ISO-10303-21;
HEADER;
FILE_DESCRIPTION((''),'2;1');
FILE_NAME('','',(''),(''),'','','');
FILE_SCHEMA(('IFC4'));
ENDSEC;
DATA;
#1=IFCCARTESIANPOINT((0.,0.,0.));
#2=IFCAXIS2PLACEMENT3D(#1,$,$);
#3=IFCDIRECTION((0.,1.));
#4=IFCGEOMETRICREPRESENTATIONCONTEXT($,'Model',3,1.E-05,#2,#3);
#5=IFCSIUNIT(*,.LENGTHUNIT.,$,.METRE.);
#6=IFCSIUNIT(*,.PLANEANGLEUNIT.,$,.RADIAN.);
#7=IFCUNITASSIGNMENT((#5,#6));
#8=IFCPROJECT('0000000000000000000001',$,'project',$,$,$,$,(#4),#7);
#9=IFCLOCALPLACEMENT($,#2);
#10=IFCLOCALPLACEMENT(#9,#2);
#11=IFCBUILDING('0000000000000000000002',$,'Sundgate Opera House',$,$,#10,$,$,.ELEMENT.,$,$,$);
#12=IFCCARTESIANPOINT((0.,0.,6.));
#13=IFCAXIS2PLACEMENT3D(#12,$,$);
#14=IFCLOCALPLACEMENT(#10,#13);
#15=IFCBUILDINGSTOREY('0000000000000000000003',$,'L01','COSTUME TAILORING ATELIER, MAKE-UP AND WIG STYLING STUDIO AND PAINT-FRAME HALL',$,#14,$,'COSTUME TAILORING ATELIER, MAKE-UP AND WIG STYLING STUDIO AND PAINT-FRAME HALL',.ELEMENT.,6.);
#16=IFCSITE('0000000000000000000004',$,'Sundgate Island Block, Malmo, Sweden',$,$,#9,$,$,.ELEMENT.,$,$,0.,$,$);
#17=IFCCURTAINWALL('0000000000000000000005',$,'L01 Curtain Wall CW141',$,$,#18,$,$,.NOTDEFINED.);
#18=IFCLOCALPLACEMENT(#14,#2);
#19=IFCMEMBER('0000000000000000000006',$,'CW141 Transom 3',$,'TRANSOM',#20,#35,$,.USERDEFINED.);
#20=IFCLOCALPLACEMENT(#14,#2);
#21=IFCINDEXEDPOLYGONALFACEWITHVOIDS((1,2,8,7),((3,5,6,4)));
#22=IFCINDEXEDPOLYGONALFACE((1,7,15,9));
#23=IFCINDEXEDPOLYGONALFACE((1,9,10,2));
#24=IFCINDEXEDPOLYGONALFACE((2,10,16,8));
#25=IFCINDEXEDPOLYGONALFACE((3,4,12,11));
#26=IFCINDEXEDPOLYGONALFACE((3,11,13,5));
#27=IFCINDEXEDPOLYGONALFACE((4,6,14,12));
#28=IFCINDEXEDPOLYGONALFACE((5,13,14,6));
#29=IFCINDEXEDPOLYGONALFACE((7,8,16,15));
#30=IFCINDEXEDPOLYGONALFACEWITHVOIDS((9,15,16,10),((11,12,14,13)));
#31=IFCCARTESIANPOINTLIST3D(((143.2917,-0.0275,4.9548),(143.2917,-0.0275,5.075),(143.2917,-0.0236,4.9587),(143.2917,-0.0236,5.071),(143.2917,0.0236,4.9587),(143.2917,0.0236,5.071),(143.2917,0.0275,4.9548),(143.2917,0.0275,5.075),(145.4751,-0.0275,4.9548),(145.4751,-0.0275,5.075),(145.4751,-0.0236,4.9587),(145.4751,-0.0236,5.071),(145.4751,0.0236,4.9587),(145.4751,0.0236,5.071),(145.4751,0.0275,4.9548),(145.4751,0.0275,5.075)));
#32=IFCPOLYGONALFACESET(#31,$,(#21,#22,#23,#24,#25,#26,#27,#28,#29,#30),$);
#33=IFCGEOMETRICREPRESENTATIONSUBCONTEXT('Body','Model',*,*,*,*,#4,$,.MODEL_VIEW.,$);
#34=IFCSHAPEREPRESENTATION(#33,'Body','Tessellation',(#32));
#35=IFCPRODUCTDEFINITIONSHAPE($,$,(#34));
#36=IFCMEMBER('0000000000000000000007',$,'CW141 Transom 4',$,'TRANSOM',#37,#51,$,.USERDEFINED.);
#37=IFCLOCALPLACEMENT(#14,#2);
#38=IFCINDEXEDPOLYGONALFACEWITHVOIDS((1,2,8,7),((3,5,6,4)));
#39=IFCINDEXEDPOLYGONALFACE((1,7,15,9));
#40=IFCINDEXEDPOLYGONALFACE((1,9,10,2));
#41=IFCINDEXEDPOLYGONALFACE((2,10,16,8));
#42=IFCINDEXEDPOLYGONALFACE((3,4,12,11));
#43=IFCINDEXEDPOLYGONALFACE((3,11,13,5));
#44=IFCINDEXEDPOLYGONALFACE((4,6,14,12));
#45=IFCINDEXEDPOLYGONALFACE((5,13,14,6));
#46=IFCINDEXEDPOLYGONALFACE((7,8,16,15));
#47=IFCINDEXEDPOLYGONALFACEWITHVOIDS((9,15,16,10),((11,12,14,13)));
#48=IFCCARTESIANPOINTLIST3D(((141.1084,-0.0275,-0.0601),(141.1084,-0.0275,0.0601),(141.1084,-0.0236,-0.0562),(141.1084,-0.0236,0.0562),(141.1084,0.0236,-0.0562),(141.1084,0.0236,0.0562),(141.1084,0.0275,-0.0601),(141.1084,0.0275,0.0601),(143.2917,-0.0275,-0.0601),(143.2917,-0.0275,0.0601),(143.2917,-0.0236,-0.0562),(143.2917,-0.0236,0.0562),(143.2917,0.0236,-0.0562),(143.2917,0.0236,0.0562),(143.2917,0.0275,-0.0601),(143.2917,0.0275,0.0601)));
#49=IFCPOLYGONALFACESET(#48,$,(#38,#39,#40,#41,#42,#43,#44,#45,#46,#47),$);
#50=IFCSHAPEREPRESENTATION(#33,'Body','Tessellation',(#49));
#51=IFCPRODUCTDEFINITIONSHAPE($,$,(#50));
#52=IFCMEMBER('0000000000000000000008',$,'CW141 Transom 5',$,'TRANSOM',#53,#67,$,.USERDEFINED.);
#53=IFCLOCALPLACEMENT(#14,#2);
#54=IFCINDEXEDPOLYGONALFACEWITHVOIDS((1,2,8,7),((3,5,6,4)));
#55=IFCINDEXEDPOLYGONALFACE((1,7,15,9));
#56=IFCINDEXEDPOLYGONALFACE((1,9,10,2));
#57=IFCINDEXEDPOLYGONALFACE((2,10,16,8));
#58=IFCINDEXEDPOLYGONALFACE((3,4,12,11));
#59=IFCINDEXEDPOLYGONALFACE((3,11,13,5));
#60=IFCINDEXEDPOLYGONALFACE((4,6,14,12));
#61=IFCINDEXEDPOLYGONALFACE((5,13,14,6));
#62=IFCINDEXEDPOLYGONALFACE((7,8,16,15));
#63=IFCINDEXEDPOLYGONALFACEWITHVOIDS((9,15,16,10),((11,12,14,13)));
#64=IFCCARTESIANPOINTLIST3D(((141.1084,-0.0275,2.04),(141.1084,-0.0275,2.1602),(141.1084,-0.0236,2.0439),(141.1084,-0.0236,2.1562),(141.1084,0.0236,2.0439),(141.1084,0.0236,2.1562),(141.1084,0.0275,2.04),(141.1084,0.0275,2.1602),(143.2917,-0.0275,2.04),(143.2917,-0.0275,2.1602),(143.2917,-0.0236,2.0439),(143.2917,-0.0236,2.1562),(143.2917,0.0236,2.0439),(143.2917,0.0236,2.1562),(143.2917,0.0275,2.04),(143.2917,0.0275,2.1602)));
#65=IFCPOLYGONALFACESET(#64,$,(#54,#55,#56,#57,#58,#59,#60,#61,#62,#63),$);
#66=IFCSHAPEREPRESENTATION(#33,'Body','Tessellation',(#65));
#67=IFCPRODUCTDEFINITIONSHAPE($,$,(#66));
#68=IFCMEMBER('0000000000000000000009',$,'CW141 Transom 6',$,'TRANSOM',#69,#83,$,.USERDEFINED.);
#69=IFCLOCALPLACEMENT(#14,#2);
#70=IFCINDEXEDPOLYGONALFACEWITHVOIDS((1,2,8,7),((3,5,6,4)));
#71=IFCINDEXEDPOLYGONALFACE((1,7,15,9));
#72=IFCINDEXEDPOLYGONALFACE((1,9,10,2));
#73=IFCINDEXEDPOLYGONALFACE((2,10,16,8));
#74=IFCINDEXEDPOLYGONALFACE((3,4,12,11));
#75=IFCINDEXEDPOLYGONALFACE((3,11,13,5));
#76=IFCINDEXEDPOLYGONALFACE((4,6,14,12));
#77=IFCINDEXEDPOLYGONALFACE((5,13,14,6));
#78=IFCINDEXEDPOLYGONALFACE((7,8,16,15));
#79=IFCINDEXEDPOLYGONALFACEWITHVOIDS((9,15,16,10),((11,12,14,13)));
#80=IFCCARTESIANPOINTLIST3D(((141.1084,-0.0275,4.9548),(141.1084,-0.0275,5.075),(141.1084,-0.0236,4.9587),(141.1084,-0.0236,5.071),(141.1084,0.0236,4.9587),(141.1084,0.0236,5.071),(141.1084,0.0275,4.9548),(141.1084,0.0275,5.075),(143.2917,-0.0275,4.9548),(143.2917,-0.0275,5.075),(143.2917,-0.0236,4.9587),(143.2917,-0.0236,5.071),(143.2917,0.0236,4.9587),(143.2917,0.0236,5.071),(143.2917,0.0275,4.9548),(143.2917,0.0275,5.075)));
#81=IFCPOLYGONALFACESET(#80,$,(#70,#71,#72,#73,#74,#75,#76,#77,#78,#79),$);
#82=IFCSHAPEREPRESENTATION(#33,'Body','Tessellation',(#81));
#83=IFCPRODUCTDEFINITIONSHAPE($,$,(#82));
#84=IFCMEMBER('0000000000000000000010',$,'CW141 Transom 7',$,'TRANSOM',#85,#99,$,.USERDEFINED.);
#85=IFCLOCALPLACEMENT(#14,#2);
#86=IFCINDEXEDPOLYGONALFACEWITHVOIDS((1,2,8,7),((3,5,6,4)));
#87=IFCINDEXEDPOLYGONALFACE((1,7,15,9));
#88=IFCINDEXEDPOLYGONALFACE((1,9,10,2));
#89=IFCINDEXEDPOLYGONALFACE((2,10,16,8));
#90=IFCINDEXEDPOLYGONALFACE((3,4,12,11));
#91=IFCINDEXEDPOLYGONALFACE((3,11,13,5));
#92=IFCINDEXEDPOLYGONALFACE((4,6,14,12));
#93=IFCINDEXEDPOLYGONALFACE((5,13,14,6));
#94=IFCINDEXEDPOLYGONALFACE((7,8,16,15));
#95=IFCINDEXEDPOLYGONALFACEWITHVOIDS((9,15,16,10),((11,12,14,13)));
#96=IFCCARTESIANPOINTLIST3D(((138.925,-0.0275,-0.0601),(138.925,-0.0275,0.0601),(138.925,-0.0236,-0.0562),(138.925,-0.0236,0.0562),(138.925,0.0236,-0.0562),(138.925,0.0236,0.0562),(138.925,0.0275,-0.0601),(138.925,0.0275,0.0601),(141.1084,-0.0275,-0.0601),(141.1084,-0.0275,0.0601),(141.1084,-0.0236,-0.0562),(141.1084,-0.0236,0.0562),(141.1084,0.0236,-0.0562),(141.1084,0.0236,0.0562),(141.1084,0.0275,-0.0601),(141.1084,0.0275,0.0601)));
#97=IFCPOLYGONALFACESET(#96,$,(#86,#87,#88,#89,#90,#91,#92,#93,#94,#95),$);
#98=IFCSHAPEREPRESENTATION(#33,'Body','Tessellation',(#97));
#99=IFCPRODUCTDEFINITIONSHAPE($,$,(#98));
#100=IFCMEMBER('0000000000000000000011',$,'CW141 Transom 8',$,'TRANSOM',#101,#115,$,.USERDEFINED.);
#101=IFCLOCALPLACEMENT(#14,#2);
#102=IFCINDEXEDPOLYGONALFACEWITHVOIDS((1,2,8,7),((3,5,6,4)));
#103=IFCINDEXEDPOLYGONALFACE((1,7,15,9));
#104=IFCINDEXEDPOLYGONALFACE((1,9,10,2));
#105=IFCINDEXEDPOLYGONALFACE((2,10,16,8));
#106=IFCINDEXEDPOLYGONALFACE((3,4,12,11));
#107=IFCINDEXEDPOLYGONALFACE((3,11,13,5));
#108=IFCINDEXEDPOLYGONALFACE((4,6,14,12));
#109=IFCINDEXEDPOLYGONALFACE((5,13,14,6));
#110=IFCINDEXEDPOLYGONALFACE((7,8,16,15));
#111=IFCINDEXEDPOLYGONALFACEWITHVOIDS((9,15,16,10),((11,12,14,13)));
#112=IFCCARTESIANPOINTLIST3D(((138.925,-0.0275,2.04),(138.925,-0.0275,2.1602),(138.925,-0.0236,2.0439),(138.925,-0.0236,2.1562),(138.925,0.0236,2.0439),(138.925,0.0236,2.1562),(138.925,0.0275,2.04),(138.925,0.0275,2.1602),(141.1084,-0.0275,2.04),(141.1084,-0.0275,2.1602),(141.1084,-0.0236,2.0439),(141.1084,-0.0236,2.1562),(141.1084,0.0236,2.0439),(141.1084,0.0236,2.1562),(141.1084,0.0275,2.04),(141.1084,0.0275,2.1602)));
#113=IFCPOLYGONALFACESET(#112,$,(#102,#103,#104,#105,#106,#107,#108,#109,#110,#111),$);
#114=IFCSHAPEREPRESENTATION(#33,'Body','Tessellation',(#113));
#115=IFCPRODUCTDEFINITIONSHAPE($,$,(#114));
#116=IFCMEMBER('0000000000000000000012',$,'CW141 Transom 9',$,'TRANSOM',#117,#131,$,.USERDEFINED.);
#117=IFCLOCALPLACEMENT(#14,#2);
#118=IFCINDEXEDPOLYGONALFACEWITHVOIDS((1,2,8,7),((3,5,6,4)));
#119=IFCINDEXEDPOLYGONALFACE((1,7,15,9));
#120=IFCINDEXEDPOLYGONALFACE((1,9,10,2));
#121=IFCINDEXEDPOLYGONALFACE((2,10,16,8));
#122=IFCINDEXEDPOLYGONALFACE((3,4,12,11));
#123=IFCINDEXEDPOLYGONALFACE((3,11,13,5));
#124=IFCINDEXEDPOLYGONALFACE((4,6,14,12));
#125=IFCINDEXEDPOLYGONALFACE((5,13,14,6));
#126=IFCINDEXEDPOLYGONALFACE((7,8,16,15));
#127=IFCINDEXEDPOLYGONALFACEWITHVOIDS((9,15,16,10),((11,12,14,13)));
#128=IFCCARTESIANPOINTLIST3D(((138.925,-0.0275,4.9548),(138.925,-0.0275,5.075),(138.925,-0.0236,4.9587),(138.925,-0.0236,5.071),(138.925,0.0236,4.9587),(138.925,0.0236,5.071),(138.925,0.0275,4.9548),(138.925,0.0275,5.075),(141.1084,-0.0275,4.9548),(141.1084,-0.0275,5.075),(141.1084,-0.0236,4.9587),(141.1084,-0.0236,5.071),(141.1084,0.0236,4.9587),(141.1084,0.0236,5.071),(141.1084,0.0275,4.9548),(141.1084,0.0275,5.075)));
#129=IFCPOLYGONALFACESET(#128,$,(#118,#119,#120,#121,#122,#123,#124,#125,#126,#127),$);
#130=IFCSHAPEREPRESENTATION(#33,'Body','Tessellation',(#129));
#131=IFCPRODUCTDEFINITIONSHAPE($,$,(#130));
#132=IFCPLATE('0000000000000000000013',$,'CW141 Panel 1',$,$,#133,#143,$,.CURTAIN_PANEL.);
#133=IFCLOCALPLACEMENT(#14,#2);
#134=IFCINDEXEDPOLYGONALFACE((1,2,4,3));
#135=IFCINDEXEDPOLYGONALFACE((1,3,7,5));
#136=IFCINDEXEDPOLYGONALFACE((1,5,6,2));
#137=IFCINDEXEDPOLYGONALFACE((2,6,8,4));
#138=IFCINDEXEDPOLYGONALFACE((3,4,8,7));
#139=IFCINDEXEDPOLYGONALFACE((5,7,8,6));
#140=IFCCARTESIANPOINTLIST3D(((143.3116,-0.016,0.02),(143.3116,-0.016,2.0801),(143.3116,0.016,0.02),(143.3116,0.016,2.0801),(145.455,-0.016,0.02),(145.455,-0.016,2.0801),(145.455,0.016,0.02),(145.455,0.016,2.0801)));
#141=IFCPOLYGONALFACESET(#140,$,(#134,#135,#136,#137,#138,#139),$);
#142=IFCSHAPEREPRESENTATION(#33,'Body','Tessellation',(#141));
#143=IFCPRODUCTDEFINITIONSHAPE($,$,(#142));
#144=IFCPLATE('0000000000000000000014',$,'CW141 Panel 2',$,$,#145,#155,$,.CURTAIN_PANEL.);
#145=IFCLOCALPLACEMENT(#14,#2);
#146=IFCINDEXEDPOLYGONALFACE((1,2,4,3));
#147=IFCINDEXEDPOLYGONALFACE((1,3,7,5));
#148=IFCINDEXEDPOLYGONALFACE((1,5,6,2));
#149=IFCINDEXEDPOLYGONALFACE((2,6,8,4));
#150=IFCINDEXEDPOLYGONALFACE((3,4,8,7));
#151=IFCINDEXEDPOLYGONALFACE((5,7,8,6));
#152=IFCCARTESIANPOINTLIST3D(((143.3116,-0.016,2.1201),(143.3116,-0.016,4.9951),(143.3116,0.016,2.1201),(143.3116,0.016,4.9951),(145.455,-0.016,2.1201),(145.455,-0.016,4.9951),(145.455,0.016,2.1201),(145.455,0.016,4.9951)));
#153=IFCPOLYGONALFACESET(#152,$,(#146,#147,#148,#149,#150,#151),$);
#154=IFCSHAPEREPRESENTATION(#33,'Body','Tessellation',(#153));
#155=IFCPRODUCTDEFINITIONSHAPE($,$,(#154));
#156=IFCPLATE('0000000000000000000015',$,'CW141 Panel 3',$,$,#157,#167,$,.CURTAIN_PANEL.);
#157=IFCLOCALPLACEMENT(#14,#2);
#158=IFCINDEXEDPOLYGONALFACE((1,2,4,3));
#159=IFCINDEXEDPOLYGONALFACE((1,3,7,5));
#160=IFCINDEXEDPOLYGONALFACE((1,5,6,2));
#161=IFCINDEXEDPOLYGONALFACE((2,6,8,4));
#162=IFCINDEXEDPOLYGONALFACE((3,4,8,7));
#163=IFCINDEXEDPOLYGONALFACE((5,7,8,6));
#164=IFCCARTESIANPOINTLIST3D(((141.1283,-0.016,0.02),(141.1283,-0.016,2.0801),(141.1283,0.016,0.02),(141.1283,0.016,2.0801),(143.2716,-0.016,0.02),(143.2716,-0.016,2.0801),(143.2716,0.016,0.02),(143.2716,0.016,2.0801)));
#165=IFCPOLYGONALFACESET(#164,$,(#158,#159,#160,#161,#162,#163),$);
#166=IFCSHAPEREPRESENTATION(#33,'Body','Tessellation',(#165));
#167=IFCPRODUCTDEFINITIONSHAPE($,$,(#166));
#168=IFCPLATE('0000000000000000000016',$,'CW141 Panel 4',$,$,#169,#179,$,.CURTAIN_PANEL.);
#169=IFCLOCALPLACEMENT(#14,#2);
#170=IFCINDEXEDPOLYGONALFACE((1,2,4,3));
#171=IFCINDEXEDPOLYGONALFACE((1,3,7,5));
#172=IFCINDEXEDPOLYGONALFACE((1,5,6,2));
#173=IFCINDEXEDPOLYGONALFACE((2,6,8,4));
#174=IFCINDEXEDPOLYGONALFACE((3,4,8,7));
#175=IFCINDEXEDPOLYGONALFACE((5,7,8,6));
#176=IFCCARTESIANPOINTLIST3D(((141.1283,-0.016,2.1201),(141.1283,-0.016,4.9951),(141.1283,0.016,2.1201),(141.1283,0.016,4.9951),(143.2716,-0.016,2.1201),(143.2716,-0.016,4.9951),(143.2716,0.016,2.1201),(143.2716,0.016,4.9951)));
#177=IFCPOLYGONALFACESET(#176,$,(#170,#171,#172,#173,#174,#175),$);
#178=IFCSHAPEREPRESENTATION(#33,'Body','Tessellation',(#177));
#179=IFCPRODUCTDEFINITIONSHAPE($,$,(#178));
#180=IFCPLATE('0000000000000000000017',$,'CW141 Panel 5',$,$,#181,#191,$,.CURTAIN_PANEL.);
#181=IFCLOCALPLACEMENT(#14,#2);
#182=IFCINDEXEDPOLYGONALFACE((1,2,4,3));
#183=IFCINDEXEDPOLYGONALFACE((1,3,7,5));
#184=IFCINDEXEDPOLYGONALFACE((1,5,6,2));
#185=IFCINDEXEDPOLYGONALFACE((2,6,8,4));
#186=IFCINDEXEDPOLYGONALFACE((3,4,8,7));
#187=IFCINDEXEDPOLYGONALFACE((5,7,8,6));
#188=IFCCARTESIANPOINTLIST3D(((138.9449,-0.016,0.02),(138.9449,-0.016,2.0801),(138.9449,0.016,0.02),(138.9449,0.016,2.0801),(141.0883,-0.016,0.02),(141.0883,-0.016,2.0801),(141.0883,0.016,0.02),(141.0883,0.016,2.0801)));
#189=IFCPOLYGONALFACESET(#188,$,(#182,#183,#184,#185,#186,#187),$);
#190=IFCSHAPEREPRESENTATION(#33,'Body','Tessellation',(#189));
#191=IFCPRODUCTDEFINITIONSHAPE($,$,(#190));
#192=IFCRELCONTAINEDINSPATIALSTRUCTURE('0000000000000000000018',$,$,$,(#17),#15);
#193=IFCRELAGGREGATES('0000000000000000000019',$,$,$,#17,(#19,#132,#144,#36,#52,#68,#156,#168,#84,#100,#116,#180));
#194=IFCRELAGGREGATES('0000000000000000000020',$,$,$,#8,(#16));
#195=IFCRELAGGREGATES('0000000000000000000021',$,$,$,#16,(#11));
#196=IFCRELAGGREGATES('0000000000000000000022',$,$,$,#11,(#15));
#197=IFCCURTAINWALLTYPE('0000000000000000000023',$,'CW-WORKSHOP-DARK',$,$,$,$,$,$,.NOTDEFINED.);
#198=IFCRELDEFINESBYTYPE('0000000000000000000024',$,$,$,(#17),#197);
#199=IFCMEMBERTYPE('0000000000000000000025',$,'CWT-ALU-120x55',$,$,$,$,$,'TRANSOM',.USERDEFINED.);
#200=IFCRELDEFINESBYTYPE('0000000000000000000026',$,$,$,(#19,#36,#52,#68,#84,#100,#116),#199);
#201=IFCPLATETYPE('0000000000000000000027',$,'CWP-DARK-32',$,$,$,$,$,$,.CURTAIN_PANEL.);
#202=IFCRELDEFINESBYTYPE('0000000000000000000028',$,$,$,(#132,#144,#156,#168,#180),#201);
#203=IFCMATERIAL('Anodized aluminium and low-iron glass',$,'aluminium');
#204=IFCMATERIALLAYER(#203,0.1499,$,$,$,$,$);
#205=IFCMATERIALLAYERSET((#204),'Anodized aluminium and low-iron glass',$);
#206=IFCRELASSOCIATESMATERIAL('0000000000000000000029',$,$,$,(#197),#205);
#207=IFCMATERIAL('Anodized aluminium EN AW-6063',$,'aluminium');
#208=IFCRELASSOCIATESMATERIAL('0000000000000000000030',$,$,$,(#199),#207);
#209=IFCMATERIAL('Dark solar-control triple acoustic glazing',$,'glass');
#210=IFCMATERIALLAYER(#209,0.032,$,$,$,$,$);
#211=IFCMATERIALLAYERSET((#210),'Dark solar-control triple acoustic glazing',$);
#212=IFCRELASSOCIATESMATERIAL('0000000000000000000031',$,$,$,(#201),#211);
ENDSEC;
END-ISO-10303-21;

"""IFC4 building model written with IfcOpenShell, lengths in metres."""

from ifc_helpers import new_model, si_unit, direction, frame, origin, origin_2d, place, context, subcontext, project, spatial, rectangle, hollow_rectangle, extrude, material, layer, layer_set, material_profile, profile_set, type_object, element, aggregate, save


model = new_model("IFC4")

# Units and contexts
model_context = context("Model", 3, precision=1e-05, world=origin(), true_north=direction((0.0, 1.0)))
body_context = subcontext(model_context, "Body", "Model", "MODEL_VIEW")
ifc_project = project(units=[si_unit("LENGTHUNIT", "METRE"), si_unit("PLANEANGLEUNIT", "RADIAN")], contexts=[model_context])

# Site, building, storey
site_placement = place(None, origin())
site = spatial("IfcSite", under=ifc_project, at=site_placement, Name="Sundgate Island Block, Malmo, Sweden", CompositionType="ELEMENT", RefElevation=0.0)
building_placement = place(site_placement, origin())
building = spatial("IfcBuilding", under=site, at=building_placement, Name="Sundgate Opera House", CompositionType="ELEMENT")
storey_placement = place(building_placement, frame((0.0, 0.0, 6.0)))
storey = spatial("IfcBuildingStorey", under=building, at=storey_placement, Name="L01", Description="COSTUME TAILORING ATELIER, MAKE-UP AND WIG STYLING STUDIO AND PAINT-FRAME HALL", LongName="COSTUME TAILORING ATELIER, MAKE-UP AND WIG STYLING STUDIO AND PAINT-FRAME HALL", CompositionType="ELEMENT", Elevation=6.0)

# Curtain wall, members, plates
ifc_material_1 = material(Name="Anodized aluminium and low-iron glass", Category="aluminium")
ifc_layer_1 = layer(ifc_material_1, 0.1499)
ifc_layer_set_1 = layer_set([ifc_layer_1], Name="Anodized aluminium and low-iron glass")
curtain_wall_type = type_object("IfcCurtainWallType", Name="CW-WORKSHOP-DARK", PredefinedType="NOTDEFINED", material=ifc_layer_set_1)
curtain_wall_placement = place(storey_placement, origin())
curtain_wall = element("IfcCurtainWall", 1, at=curtain_wall_placement, inside=storey, type_object=curtain_wall_type, Name="L01 Curtain Wall CW141", PredefinedType="NOTDEFINED")
ifc_material_2 = material(Name="Anodized aluminium EN AW-6063", Category="aluminium")
ifc_material_profile_1 = material_profile(ifc_material_2, hollow_rectangle(XDim=0.0549, YDim=0.1201, WallThickness=0.0039, at=origin_2d()), Name="CWT 120x55x4")
ifc_profile_set_1 = profile_set([ifc_material_profile_1], Name="Anodized aluminium EN AW-6063")
member_type_1 = type_object("IfcMemberType", Name="CWT-ALU-120x55", ElementType="TRANSOM", PredefinedType="USERDEFINED", material=ifc_profile_set_1)
member_1_placement = place(storey_placement, frame((145.4751, 0.0, 5.0149), z_axis=(-1.0, 0.0, 0.0), x_axis=(0.0, -1.0, 0.0)))
member_1 = element("IfcMember", 2, at=member_1_placement, type_object=member_type_1, Name="CW141 Transom 3", ObjectType="TRANSOM", PredefinedType="USERDEFINED", context=body_context, shape_type="SweptSolid", body=[
    extrude(hollow_rectangle(XDim=0.0549, YDim=0.1201, WallThickness=0.0039, at=origin_2d()), origin(), (0.0, 0.0, 1.0), 2.1833),
])
member_2_placement = place(storey_placement, frame((143.2917, 0.0, 0.0), z_axis=(-1.0, 0.0, 0.0), x_axis=(0.0, -1.0, 0.0)))
member_2 = element("IfcMember", 3, at=member_2_placement, type_object=member_type_1, Name="CW141 Transom 4", ObjectType="TRANSOM", PredefinedType="USERDEFINED", context=body_context, shape_type="SweptSolid", body=[
    extrude(hollow_rectangle(XDim=0.0549, YDim=0.1201, WallThickness=0.0039, at=origin_2d()), origin(), (0.0, 0.0, 1.0), 2.1833),
])
member_3_placement = place(storey_placement, frame((143.2917, 0.0, 2.1001), z_axis=(-1.0, 0.0, 0.0), x_axis=(0.0, -1.0, 0.0)))
member_3 = element("IfcMember", 4, at=member_3_placement, type_object=member_type_1, Name="CW141 Transom 5", ObjectType="TRANSOM", PredefinedType="USERDEFINED", context=body_context, shape_type="SweptSolid", body=[
    extrude(hollow_rectangle(XDim=0.0549, YDim=0.1201, WallThickness=0.0039, at=origin_2d()), origin(), (0.0, 0.0, 1.0), 2.1833),
])
member_4_placement = place(storey_placement, frame((143.2917, 0.0, 5.0149), z_axis=(-1.0, 0.0, 0.0), x_axis=(0.0, -1.0, 0.0)))
member_4 = element("IfcMember", 5, at=member_4_placement, type_object=member_type_1, Name="CW141 Transom 6", ObjectType="TRANSOM", PredefinedType="USERDEFINED", context=body_context, shape_type="SweptSolid", body=[
    extrude(hollow_rectangle(XDim=0.0549, YDim=0.1201, WallThickness=0.0039, at=origin_2d()), origin(), (0.0, 0.0, 1.0), 2.1833),
])
member_5_placement = place(storey_placement, frame((141.1084, 0.0, 0.0), z_axis=(-1.0, 0.0, 0.0), x_axis=(0.0, -1.0, 0.0)))
member_5 = element("IfcMember", 6, at=member_5_placement, type_object=member_type_1, Name="CW141 Transom 7", ObjectType="TRANSOM", PredefinedType="USERDEFINED", context=body_context, shape_type="SweptSolid", body=[
    extrude(hollow_rectangle(XDim=0.0549, YDim=0.1201, WallThickness=0.0039, at=origin_2d()), origin(), (0.0, 0.0, 1.0), 2.1833),
])
member_6_placement = place(storey_placement, frame((141.1084, 0.0, 2.1001), z_axis=(-1.0, 0.0, 0.0), x_axis=(0.0, -1.0, 0.0)))
member_6 = element("IfcMember", 7, at=member_6_placement, type_object=member_type_1, Name="CW141 Transom 8", ObjectType="TRANSOM", PredefinedType="USERDEFINED", context=body_context, shape_type="SweptSolid", body=[
    extrude(hollow_rectangle(XDim=0.0549, YDim=0.1201, WallThickness=0.0039, at=origin_2d()), origin(), (0.0, 0.0, 1.0), 2.1833),
])
member_7_placement = place(storey_placement, frame((141.1084, 0.0, 5.0149), z_axis=(-1.0, 0.0, 0.0), x_axis=(0.0, -1.0, 0.0)))
member_7 = element("IfcMember", 8, at=member_7_placement, type_object=member_type_1, Name="CW141 Transom 9", ObjectType="TRANSOM", PredefinedType="USERDEFINED", context=body_context, shape_type="SweptSolid", body=[
    extrude(hollow_rectangle(XDim=0.0549, YDim=0.1201, WallThickness=0.0039, at=origin_2d()), origin(), (0.0, 0.0, 1.0), 2.1833),
])
ifc_material_3 = material(Name="Dark solar-control triple acoustic glazing", Category="glass")
ifc_layer_2 = layer(ifc_material_3, 0.032)
ifc_layer_set_2 = layer_set([ifc_layer_2], Name="Dark solar-control triple acoustic glazing")
plate_type = type_object("IfcPlateType", Name="CWP-DARK-32", PredefinedType="CURTAIN_PANEL", material=ifc_layer_set_2)
plate_1_placement = place(storey_placement, frame((144.3833, 0.0, 0.02), z_axis=(0.0, 0.0, 1.0), x_axis=(-1.0, 0.0, 0.0)))
plate_1 = element("IfcPlate", 9, at=plate_1_placement, type_object=plate_type, Name="CW141 Panel 1", PredefinedType="CURTAIN_PANEL", context=body_context, shape_type="SweptSolid", body=[
    extrude(rectangle(XDim=2.1433, YDim=0.032, at=origin_2d()), origin(), (0.0, 0.0, 1.0), 2.0601),
])
plate_2_placement = place(storey_placement, frame((144.3833, 0.0, 2.1201), z_axis=(0.0, 0.0, 1.0), x_axis=(-1.0, 0.0, 0.0)))
plate_2 = element("IfcPlate", 10, at=plate_2_placement, type_object=plate_type, Name="CW141 Panel 2", PredefinedType="CURTAIN_PANEL", context=body_context, shape_type="SweptSolid", body=[
    extrude(rectangle(XDim=2.1433, YDim=0.032, at=origin_2d()), origin(), (0.0, 0.0, 1.0), 2.875),
])
plate_3_placement = place(storey_placement, frame((142.2, 0.0, 0.02), z_axis=(0.0, 0.0, 1.0), x_axis=(-1.0, 0.0, 0.0)))
plate_3 = element("IfcPlate", 11, at=plate_3_placement, type_object=plate_type, Name="CW141 Panel 3", PredefinedType="CURTAIN_PANEL", context=body_context, shape_type="SweptSolid", body=[
    extrude(rectangle(XDim=2.1433, YDim=0.032, at=origin_2d()), origin(), (0.0, 0.0, 1.0), 2.0601),
])
plate_4_placement = place(storey_placement, frame((142.2, 0.0, 2.1201), z_axis=(0.0, 0.0, 1.0), x_axis=(-1.0, 0.0, 0.0)))
plate_4 = element("IfcPlate", 12, at=plate_4_placement, type_object=plate_type, Name="CW141 Panel 4", PredefinedType="CURTAIN_PANEL", context=body_context, shape_type="SweptSolid", body=[
    extrude(rectangle(XDim=2.1433, YDim=0.032, at=origin_2d()), origin(), (0.0, 0.0, 1.0), 2.875),
])
plate_5_placement = place(storey_placement, frame((140.0166, 0.0, 0.02), z_axis=(0.0, 0.0, 1.0), x_axis=(-1.0, 0.0, 0.0)))
plate_5 = element("IfcPlate", 13, at=plate_5_placement, type_object=plate_type, Name="CW141 Panel 5", PredefinedType="CURTAIN_PANEL", context=body_context, shape_type="SweptSolid", body=[
    extrude(rectangle(XDim=2.1433, YDim=0.032, at=origin_2d()), origin(), (0.0, 0.0, 1.0), 2.0601),
])
aggregate(curtain_wall, [member_1, plate_1, plate_2, member_2, member_3, member_4, plate_3, plate_4, member_5, member_6, member_7, plate_5])

save(model, "model.ifc")
